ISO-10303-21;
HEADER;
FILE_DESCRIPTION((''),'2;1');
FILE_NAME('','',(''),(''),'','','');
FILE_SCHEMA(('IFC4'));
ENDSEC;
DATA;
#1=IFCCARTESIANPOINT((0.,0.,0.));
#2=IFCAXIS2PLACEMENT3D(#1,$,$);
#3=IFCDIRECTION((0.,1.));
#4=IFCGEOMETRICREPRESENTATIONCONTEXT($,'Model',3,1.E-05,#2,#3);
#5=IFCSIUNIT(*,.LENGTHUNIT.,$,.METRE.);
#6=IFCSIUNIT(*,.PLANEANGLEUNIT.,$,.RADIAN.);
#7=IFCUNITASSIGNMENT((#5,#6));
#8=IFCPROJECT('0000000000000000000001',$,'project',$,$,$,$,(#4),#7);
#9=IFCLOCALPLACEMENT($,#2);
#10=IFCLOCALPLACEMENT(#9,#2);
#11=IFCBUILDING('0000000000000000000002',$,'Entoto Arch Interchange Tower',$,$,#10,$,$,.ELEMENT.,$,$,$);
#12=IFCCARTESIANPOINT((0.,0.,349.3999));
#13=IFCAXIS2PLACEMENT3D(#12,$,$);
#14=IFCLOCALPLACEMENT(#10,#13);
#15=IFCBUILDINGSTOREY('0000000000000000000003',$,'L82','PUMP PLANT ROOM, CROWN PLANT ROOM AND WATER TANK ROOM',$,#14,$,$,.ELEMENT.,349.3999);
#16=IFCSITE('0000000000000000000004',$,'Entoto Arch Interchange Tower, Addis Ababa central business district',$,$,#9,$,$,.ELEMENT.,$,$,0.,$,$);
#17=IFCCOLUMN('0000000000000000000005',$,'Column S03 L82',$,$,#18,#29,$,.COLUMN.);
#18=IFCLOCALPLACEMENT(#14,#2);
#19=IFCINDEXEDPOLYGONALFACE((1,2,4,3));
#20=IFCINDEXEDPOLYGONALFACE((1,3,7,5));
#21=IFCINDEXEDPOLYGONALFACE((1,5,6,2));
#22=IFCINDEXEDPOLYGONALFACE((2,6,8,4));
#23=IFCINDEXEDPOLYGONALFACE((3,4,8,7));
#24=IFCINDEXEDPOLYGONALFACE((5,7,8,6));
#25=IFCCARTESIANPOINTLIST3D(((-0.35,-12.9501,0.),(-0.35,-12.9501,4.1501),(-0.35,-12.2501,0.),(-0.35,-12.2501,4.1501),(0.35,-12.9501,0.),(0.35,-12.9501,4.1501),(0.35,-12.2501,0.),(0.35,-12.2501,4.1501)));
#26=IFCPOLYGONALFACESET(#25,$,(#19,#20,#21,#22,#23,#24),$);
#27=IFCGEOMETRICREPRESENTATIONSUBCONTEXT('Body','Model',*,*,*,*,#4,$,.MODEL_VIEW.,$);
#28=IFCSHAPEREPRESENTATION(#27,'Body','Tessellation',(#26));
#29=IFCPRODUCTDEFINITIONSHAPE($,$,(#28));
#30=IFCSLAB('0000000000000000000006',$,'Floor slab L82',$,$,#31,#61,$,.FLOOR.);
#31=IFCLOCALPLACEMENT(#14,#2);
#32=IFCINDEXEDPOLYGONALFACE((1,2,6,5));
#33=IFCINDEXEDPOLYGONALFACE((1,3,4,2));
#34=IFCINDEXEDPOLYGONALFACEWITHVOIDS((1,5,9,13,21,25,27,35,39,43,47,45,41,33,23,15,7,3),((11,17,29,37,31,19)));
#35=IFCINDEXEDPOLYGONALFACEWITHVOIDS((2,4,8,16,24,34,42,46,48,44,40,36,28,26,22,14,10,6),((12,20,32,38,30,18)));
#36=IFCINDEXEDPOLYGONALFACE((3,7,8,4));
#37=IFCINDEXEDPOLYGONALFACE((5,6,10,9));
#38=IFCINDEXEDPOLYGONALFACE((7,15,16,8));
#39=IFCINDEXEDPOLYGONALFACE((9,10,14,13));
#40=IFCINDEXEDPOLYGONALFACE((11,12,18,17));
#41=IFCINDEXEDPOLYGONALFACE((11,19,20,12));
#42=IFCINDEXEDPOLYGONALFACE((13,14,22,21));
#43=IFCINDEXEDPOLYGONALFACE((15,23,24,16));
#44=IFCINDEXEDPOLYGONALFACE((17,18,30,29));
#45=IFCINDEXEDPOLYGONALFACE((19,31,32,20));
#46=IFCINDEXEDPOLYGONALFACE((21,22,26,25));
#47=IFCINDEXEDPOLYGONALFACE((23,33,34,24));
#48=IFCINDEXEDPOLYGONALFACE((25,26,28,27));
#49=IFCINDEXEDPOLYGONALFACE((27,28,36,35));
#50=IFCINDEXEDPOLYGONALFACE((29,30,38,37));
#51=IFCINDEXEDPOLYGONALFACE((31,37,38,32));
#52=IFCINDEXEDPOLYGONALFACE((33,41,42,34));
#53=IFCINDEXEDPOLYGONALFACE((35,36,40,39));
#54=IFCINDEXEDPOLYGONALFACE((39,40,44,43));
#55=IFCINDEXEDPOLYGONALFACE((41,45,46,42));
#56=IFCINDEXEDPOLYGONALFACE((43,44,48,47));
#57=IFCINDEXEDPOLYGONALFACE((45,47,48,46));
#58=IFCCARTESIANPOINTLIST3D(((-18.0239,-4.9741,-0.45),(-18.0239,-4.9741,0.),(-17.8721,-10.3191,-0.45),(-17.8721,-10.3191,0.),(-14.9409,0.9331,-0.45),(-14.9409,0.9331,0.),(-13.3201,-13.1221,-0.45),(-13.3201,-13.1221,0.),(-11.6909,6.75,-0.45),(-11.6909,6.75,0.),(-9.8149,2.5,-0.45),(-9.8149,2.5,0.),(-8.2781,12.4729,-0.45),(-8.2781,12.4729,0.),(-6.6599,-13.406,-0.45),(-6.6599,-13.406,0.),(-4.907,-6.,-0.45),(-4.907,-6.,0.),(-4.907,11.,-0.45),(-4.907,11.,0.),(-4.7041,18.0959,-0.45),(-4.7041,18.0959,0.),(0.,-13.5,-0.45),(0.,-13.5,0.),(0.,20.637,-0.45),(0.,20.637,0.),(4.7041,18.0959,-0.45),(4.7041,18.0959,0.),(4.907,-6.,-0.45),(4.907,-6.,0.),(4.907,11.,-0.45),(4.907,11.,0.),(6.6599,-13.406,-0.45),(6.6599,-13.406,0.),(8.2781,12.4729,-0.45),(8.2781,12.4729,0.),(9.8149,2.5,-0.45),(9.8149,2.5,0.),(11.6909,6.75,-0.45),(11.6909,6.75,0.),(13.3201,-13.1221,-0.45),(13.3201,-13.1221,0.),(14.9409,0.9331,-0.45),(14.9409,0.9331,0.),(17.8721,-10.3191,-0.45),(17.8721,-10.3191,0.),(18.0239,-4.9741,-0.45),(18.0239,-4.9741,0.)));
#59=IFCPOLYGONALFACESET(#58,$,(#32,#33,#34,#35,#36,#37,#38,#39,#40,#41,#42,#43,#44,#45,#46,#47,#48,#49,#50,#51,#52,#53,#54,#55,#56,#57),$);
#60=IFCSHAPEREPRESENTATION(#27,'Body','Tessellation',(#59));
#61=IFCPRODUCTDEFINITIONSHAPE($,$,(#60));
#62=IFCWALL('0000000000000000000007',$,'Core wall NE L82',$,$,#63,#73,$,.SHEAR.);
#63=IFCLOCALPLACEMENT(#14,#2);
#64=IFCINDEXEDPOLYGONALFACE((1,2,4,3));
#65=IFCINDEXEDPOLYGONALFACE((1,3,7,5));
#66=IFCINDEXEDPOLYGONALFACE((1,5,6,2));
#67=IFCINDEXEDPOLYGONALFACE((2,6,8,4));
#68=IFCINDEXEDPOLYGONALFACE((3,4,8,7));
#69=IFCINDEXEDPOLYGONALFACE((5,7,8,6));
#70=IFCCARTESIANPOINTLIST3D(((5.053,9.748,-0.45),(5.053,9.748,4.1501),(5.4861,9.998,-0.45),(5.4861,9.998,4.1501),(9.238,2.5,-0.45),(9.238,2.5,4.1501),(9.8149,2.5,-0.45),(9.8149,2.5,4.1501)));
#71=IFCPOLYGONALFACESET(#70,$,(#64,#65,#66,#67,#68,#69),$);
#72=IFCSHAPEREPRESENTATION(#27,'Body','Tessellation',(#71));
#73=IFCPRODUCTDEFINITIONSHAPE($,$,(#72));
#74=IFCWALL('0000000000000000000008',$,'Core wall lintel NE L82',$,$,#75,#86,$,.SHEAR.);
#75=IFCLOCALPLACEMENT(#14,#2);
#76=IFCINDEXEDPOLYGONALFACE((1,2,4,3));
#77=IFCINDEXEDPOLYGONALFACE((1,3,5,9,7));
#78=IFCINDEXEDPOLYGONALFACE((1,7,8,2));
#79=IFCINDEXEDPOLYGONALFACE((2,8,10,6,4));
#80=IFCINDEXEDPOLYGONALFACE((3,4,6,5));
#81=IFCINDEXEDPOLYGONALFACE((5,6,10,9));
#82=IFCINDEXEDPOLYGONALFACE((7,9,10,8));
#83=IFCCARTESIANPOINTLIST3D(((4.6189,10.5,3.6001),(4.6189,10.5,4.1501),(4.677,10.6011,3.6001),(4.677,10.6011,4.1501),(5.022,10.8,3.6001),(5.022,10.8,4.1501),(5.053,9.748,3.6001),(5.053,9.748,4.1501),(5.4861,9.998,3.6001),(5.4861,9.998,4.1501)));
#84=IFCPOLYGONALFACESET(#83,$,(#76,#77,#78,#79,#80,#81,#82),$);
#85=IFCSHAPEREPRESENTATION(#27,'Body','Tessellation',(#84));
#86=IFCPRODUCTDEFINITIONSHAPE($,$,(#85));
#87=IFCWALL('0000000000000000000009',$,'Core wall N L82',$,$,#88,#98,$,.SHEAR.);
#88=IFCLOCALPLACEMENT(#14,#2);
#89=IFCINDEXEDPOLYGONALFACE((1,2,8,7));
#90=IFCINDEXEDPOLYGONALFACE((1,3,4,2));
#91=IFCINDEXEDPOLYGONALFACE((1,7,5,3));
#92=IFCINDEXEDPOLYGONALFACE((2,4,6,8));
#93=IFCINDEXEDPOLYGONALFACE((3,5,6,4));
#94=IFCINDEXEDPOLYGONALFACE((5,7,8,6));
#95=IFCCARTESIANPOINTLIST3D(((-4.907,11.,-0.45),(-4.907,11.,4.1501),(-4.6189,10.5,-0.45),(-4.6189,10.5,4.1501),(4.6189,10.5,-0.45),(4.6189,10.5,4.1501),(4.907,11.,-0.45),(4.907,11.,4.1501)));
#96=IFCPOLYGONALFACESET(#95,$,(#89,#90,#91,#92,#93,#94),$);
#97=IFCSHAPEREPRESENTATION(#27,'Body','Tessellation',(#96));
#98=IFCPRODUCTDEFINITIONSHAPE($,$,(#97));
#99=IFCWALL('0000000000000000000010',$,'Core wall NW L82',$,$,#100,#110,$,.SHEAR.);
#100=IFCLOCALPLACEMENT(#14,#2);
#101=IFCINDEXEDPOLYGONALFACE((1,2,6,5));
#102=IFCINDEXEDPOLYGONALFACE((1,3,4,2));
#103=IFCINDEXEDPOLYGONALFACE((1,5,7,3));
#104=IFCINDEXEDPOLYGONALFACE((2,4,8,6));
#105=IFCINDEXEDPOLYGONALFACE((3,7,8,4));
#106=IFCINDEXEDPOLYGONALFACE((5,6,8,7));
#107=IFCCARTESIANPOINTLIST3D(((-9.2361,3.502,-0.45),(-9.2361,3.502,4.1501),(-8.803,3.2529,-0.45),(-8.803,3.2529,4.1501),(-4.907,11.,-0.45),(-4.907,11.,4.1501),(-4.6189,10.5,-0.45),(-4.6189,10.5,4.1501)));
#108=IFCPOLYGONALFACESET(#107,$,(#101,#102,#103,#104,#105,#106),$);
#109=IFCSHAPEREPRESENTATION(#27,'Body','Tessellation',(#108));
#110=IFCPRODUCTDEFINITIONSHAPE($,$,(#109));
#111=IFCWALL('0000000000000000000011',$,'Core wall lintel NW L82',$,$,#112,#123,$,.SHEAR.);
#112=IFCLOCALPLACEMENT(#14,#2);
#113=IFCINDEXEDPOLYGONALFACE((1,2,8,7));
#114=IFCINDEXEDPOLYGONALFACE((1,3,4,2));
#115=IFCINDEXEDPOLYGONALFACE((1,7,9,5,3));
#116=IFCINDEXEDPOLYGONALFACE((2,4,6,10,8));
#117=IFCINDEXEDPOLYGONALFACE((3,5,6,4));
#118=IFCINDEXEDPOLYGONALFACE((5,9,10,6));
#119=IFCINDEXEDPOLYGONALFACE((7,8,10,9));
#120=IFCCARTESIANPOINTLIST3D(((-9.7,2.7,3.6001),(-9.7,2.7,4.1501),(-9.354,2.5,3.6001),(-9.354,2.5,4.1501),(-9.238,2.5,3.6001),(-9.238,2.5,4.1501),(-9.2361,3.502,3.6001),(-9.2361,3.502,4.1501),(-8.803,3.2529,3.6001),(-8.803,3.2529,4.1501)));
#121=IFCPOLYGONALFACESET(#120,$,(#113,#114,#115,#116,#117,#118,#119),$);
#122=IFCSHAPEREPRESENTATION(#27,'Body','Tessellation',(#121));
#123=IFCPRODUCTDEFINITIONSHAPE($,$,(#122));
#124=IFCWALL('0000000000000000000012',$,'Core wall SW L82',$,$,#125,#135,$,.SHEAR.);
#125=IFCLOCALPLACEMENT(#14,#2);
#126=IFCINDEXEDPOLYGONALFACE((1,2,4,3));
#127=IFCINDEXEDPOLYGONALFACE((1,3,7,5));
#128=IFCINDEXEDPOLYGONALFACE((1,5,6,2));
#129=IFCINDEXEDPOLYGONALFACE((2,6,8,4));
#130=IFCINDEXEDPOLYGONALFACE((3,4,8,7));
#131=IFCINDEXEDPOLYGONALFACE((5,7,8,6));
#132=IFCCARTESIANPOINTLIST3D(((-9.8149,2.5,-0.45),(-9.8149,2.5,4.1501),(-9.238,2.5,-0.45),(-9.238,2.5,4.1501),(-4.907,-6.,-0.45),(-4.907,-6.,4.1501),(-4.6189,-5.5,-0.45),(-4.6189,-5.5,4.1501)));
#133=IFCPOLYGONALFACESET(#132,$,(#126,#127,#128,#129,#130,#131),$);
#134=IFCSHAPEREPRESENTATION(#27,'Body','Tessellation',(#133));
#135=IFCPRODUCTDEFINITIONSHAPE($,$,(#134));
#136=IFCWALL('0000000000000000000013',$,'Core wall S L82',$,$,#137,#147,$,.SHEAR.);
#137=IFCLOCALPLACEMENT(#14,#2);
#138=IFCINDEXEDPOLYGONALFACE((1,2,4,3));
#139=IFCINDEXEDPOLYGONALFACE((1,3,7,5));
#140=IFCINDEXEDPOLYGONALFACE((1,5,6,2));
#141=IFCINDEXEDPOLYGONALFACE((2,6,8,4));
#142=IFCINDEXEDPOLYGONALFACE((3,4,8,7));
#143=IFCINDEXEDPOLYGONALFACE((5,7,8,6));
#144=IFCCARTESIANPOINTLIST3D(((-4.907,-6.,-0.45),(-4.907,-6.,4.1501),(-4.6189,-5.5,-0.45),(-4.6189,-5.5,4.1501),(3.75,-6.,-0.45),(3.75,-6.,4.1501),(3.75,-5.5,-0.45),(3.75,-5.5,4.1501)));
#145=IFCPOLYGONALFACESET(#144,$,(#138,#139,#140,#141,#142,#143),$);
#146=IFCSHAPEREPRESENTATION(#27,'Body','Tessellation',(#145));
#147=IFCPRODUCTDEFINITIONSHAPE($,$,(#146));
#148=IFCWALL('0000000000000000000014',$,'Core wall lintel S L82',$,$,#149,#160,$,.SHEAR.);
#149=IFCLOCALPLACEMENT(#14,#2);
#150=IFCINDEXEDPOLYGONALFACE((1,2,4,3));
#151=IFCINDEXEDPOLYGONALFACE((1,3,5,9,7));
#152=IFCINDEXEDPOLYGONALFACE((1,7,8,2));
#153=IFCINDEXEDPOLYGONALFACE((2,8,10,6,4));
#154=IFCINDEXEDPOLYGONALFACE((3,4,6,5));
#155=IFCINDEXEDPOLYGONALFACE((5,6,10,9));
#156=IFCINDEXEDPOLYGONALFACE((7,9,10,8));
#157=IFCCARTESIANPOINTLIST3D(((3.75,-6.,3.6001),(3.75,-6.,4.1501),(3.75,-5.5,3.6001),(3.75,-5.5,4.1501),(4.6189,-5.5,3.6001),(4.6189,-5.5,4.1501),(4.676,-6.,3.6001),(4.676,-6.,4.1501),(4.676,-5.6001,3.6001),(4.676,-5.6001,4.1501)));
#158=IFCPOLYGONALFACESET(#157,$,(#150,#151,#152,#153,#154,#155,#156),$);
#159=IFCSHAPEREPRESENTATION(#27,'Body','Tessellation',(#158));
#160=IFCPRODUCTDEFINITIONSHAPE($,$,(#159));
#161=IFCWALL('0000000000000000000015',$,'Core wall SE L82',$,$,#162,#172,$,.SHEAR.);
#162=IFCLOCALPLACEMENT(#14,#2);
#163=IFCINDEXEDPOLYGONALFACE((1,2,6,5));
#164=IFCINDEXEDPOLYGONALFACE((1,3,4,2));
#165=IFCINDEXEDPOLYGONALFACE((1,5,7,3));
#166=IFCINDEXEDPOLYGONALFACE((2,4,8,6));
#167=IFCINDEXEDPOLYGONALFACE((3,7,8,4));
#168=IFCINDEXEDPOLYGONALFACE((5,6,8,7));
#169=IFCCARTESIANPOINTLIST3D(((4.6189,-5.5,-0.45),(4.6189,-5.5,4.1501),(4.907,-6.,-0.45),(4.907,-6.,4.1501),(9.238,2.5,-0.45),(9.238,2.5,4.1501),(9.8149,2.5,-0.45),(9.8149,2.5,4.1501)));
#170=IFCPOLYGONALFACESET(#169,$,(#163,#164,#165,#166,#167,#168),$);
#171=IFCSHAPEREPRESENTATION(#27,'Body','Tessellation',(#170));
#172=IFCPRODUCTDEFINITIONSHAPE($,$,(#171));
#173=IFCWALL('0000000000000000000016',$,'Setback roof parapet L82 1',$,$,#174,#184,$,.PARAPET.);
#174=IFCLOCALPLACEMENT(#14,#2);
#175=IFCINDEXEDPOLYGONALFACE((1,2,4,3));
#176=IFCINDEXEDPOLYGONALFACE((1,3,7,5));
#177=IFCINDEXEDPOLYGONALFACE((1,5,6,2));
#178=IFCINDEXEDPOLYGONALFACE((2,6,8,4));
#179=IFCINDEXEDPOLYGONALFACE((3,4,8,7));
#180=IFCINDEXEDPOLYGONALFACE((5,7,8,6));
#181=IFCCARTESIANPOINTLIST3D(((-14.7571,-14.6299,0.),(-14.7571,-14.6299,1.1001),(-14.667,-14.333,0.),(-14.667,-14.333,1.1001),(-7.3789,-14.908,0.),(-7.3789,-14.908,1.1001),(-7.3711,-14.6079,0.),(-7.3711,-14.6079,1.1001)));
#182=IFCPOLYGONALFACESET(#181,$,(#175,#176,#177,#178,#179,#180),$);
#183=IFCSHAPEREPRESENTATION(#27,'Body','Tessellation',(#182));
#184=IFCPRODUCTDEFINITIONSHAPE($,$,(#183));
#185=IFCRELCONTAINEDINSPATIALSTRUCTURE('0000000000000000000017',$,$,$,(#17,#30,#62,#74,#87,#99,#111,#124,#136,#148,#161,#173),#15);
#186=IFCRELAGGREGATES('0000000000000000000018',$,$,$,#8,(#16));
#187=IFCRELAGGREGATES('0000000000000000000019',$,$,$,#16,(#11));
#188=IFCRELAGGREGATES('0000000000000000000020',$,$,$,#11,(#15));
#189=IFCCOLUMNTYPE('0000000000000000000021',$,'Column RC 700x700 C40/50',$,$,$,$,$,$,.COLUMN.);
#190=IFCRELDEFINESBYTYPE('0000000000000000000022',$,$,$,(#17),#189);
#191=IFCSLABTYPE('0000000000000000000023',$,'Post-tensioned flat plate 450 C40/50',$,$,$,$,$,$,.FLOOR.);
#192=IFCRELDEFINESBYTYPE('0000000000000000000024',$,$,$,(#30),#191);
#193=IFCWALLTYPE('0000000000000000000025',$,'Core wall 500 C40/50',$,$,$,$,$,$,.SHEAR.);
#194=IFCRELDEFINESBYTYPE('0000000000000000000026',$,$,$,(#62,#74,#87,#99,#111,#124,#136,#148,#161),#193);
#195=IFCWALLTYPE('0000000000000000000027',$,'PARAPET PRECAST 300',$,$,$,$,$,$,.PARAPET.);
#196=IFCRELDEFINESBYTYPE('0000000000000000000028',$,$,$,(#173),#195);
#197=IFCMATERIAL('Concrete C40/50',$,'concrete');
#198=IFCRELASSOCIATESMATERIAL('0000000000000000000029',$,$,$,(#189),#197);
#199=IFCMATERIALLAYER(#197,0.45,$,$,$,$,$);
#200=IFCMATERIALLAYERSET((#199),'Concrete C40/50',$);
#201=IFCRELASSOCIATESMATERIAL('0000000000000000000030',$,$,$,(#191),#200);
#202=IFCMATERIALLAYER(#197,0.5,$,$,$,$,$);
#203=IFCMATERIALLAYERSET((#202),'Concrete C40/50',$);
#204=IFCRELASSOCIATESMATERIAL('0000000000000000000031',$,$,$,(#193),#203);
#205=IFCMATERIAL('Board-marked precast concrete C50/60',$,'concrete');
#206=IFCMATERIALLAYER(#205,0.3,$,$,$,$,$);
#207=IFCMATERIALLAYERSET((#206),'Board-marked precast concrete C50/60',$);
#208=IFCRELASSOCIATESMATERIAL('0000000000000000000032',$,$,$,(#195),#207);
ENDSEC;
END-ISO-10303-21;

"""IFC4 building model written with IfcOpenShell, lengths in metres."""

from ifc_helpers import new_model, si_unit, direction, frame, origin, origin_2d, place, context, subcontext, project, spatial, polyline, rectangle, outline, extrude, material, layer, layer_set, material_profile, profile_set, type_object, element, save


model = new_model("IFC4")

# Units and contexts
model_context = context("Model", 3, precision=1e-05, world=origin(), true_north=direction((0.0, 1.0)))
body_context = subcontext(model_context, "Body", "Model", "MODEL_VIEW")
ifc_project = project(units=[si_unit("LENGTHUNIT", "METRE"), si_unit("PLANEANGLEUNIT", "RADIAN")], contexts=[model_context])

# Site, building, storey
site_placement = place(None, origin())
site = spatial("IfcSite", under=ifc_project, at=site_placement, Name="Entoto Arch Interchange Tower, Addis Ababa central business district", CompositionType="ELEMENT", RefElevation=0.0)
building_placement = place(site_placement, origin())
building = spatial("IfcBuilding", under=site, at=building_placement, Name="Entoto Arch Interchange Tower", CompositionType="ELEMENT")
storey_placement = place(building_placement, frame((0.0, 0.0, 349.3999)))
storey = spatial("IfcBuildingStorey", under=building, at=storey_placement, Name="L82", Description="PUMP PLANT ROOM, CROWN PLANT ROOM AND WATER TANK ROOM", CompositionType="ELEMENT", Elevation=349.3999)

# Column
ifc_material_1 = material(Name="Concrete C40/50", Category="concrete")
ifc_material_profile = material_profile(ifc_material_1, rectangle(XDim=0.7, YDim=0.7, at=origin_2d()))
ifc_profile_set = profile_set([ifc_material_profile], Name="Concrete C40/50")
column_type = type_object("IfcColumnType", Name="Column RC 700x700 C40/50", PredefinedType="COLUMN", material=ifc_profile_set)
column_placement = place(storey_placement, frame((0.0, -12.6001, 0.0), z_axis=(0.0, 0.0, 1.0), x_axis=(1.0, 0.0, 0.0)))
element("IfcColumn", 1, at=column_placement, inside=storey, type_object=column_type, Name="Column S03 L82", PredefinedType="COLUMN", context=body_context, shape_type="SweptSolid", body=[
    extrude(rectangle(XDim=0.7, YDim=0.7, at=origin_2d()), origin(), (0.0, 0.0, 1.0), 4.1501),
])

# Slab
ifc_layer_1 = layer(ifc_material_1, 0.45)
ifc_layer_set_1 = layer_set([ifc_layer_1], Name="Concrete C40/50")
slab_type = type_object("IfcSlabType", Name="Post-tensioned flat plate 450 C40/50", PredefinedType="FLOOR", material=ifc_layer_set_1)
slab_placement = place(storey_placement, frame((0.0, 0.0, -0.45)))
element("IfcSlab", 2, at=slab_placement, inside=storey, type_object=slab_type, Name="Floor slab L82", PredefinedType="FLOOR", context=body_context, shape_type="SweptSolid", body=[
    extrude(outline(polyline([(-13.3201, -13.1221), (-6.6599, -13.406), (0.0, -13.5), (6.6599, -13.406), (13.3201, -13.1221), (17.8721, -10.3191), (18.0239, -4.9741), (14.9409, 0.9331), (11.6909, 6.75), (8.2781, 12.4729), (4.7041, 18.0959), (0.0, 20.637), (-4.7041, 18.0959), (-8.2781, 12.4729), (-11.6909, 6.75), (-14.9409, 0.9331), (-18.0239, -4.9741), (-17.8721, -10.3191), (-13.3201, -13.1221)]), holes=[polyline([(4.907, 11.0), (-4.907, 11.0), (-9.8149, 2.5), (-4.907, -6.0), (4.907, -6.0), (9.8149, 2.5), (4.907, 11.0)])]), origin(), (0.0, 0.0, 1.0), 0.45),
])

# Walls
ifc_layer_2 = layer(ifc_material_1, 0.5)
ifc_layer_set_2 = layer_set([ifc_layer_2], Name="Concrete C40/50")
wall_type_1 = type_object("IfcWallType", Name="Core wall 500 C40/50", PredefinedType="SHEAR", material=ifc_layer_set_2)
wall_1_placement = place(storey_placement, frame((0.0, 0.0, -0.45)))
element("IfcWall", 3, at=wall_1_placement, inside=storey, type_object=wall_type_1, Name="Core wall NE L82", PredefinedType="SHEAR", context=body_context, shape_type="SweptSolid", body=[
    extrude(outline(polyline([(5.4861, 9.998), (5.053, 9.748), (9.238, 2.5), (9.8149, 2.5), (5.4861, 9.998)])), origin(), (0.0, 0.0, 1.0), 4.6001),
])
wall_2_placement = place(storey_placement, frame((0.0, 0.0, 3.6001)))
element("IfcWall", 4, at=wall_2_placement, inside=storey, type_object=wall_type_1, Name="Core wall lintel NE L82", PredefinedType="SHEAR", context=body_context, shape_type="SweptSolid", body=[
    extrude(outline(polyline([(5.022, 10.8), (4.677, 10.6011), (4.6189, 10.5), (5.053, 9.748), (5.4861, 9.998), (5.022, 10.8)])), origin(), (0.0, 0.0, 1.0), 0.55),
])
wall_3_placement = place(storey_placement, frame((0.0, 0.0, -0.45)))
element("IfcWall", 5, at=wall_3_placement, inside=storey, type_object=wall_type_1, Name="Core wall N L82", PredefinedType="SHEAR", context=body_context, shape_type="SweptSolid", body=[
    extrude(outline(polyline([(4.907, 11.0), (-4.907, 11.0), (-4.6189, 10.5), (4.6189, 10.5), (4.907, 11.0)])), origin(), (0.0, 0.0, 1.0), 4.6001),
])
wall_4_placement = place(storey_placement, frame((0.0, 0.0, -0.45)))
element("IfcWall", 6, at=wall_4_placement, inside=storey, type_object=wall_type_1, Name="Core wall NW L82", PredefinedType="SHEAR", context=body_context, shape_type="SweptSolid", body=[
    extrude(outline(polyline([(-9.2361, 3.502), (-8.803, 3.2529), (-4.6189, 10.5), (-4.907, 11.0), (-9.2361, 3.502)])), origin(), (0.0, 0.0, 1.0), 4.6001),
])
wall_5_placement = place(storey_placement, frame((0.0, 0.0, 3.6001)))
element("IfcWall", 7, at=wall_5_placement, inside=storey, type_object=wall_type_1, Name="Core wall lintel NW L82", PredefinedType="SHEAR", context=body_context, shape_type="SweptSolid", body=[
    extrude(outline(polyline([(-9.7, 2.7), (-9.354, 2.5), (-9.238, 2.5), (-8.803, 3.2529), (-9.2361, 3.502), (-9.7, 2.7)])), origin(), (0.0, 0.0, 1.0), 0.55),
])
wall_6_placement = place(storey_placement, frame((0.0, 0.0, -0.45)))
element("IfcWall", 8, at=wall_6_placement, inside=storey, type_object=wall_type_1, Name="Core wall SW L82", PredefinedType="SHEAR", context=body_context, shape_type="SweptSolid", body=[
    extrude(outline(polyline([(-9.8149, 2.5), (-4.907, -6.0), (-4.6189, -5.5), (-9.238, 2.5), (-9.8149, 2.5)])), origin(), (0.0, 0.0, 1.0), 4.6001),
])
wall_7_placement = place(storey_placement, frame((0.0, 0.0, -0.45)))
element("IfcWall", 9, at=wall_7_placement, inside=storey, type_object=wall_type_1, Name="Core wall S L82", PredefinedType="SHEAR", context=body_context, shape_type="SweptSolid", body=[
    extrude(outline(polyline([(3.75, -6.0), (3.75, -5.5), (-4.6189, -5.5), (-4.907, -6.0), (3.75, -6.0)])), origin(), (0.0, 0.0, 1.0), 4.6001),
])
wall_8_placement = place(storey_placement, frame((0.0, 0.0, 3.6001)))
element("IfcWall", 10, at=wall_8_placement, inside=storey, type_object=wall_type_1, Name="Core wall lintel S L82", PredefinedType="SHEAR", context=body_context, shape_type="SweptSolid", body=[
    extrude(outline(polyline([(4.676, -6.0), (4.676, -5.6001), (4.6189, -5.5), (3.75, -5.5), (3.75, -6.0), (4.676, -6.0)])), origin(), (0.0, 0.0, 1.0), 0.55),
])
wall_9_placement = place(storey_placement, frame((0.0, 0.0, -0.45)))
element("IfcWall", 11, at=wall_9_placement, inside=storey, type_object=wall_type_1, Name="Core wall SE L82", PredefinedType="SHEAR", context=body_context, shape_type="SweptSolid", body=[
    extrude(outline(polyline([(4.907, -6.0), (9.8149, 2.5), (9.238, 2.5), (4.6189, -5.5), (4.907, -6.0)])), origin(), (0.0, 0.0, 1.0), 4.6001),
])
ifc_material_2 = material(Name="Board-marked precast concrete C50/60", Category="concrete")
ifc_layer_3 = layer(ifc_material_2, 0.3)
ifc_layer_set_3 = layer_set([ifc_layer_3], Name="Board-marked precast concrete C50/60")
wall_type_2 = type_object("IfcWallType", Name="PARAPET PRECAST 300", PredefinedType="PARAPET", material=ifc_layer_set_3)
wall_10_placement = place(storey_placement, origin())
element("IfcWall", 12, at=wall_10_placement, inside=storey, type_object=wall_type_2, Name="Setback roof parapet L82 1", PredefinedType="PARAPET", context=body_context, shape_type="SweptSolid", body=[
    extrude(outline(polyline([(-14.7571, -14.6299), (-7.3789, -14.908), (-7.3711, -14.6079), (-14.667, -14.333), (-14.7571, -14.6299)])), origin(), (0.0, 0.0, 1.0), 1.1001),
])

save(model, "model.ifc")
